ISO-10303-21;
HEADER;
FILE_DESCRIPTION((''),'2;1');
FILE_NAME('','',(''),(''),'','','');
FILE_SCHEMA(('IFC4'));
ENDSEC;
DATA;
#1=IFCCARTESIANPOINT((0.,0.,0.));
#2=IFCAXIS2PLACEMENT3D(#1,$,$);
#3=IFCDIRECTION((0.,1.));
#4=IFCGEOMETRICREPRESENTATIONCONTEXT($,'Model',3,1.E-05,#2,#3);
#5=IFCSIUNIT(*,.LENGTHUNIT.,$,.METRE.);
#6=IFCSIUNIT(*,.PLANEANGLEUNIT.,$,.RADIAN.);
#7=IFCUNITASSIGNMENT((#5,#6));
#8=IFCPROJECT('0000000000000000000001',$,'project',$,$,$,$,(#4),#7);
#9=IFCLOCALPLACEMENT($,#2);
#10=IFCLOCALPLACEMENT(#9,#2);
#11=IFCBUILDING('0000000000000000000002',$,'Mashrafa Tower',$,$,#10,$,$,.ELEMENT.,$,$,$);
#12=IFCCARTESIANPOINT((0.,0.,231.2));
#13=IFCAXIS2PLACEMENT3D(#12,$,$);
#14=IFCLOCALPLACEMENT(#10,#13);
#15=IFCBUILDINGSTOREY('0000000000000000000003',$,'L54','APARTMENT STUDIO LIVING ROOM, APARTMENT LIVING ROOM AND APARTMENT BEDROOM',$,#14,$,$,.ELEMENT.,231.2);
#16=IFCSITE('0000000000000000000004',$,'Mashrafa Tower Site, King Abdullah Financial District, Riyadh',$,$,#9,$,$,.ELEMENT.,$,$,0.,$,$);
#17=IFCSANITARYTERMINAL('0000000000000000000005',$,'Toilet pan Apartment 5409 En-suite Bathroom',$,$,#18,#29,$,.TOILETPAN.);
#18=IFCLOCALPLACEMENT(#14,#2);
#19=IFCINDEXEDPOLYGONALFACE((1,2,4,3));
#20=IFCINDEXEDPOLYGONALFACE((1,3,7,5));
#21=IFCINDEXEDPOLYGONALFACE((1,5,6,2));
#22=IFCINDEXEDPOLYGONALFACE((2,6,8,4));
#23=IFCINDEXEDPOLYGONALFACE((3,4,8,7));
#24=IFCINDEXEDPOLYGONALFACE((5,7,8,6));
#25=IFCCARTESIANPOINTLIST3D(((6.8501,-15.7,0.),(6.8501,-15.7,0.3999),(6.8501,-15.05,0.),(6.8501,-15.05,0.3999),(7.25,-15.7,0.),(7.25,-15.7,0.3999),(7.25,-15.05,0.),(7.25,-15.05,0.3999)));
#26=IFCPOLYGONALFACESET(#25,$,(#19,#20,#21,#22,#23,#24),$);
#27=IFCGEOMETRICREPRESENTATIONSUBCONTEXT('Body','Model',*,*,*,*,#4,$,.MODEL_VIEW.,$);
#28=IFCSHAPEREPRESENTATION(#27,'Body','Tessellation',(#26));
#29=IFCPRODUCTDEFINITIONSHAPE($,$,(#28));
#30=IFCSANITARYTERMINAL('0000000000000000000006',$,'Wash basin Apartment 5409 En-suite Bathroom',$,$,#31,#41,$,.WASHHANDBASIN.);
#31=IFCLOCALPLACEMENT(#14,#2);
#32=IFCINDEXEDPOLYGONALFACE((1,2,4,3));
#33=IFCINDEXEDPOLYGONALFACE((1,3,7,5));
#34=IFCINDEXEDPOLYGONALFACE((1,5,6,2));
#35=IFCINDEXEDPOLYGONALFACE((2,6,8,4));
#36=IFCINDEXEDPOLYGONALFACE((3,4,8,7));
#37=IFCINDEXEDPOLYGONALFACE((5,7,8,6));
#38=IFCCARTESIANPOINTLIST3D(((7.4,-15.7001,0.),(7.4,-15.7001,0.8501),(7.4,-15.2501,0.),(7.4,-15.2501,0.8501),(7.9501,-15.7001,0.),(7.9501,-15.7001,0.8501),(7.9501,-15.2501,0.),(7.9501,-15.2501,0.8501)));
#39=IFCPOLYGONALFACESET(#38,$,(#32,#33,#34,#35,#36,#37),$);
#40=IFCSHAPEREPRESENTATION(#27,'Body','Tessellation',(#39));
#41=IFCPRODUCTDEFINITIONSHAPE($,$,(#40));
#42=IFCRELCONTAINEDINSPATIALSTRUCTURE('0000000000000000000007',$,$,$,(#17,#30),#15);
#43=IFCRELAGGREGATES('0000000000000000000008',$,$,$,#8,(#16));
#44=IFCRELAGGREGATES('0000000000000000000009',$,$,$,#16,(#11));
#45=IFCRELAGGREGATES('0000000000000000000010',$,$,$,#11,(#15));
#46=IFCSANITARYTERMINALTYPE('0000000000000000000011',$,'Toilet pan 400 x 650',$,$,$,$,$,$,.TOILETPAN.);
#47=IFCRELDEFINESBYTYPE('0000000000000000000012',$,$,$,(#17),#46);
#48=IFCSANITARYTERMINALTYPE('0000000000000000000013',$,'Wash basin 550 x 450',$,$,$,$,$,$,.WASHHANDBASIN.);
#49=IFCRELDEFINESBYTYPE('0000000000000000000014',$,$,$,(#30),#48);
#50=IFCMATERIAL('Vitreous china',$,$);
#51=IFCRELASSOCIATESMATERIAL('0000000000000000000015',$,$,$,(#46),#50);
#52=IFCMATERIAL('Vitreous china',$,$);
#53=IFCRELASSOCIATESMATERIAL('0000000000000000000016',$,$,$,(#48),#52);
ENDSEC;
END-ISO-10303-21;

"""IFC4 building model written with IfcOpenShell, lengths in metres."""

from ifc_helpers import new_model, si_unit, direction, frame, origin, origin_2d, place, context, subcontext, project, spatial, rectangle, extrude, material, type_object, element, save


model = new_model("IFC4")

# Units and contexts
model_context = context("Model", 3, precision=1e-05, world=origin(), true_north=direction((0.0, 1.0)))
body_context = subcontext(model_context, "Body", "Model", "MODEL_VIEW")
ifc_project = project(units=[si_unit("LENGTHUNIT", "METRE"), si_unit("PLANEANGLEUNIT", "RADIAN")], contexts=[model_context])

# Site, building, storey
site_placement = place(None, origin())
site = spatial("IfcSite", under=ifc_project, at=site_placement, Name="Mashrafa Tower Site, King Abdullah Financial District, Riyadh", CompositionType="ELEMENT", RefElevation=0.0)
building_placement = place(site_placement, origin())
building = spatial("IfcBuilding", under=site, at=building_placement, Name="Mashrafa Tower", CompositionType="ELEMENT")
storey_placement = place(building_placement, frame((0.0, 0.0, 231.2)))
storey = spatial("IfcBuildingStorey", under=building, at=storey_placement, Name="L54", Description="APARTMENT STUDIO LIVING ROOM, APARTMENT LIVING ROOM AND APARTMENT BEDROOM", CompositionType="ELEMENT", Elevation=231.2)

# Sanitary terminals
ifc_material_1 = material(Name="Vitreous china")
sanitary_terminal_type_1 = type_object("IfcSanitaryTerminalType", Name="Toilet pan 400 x 650", PredefinedType="TOILETPAN", material=ifc_material_1)
sanitary_terminal_1_placement = place(storey_placement, frame((7.05, -15.375, 0.0), z_axis=(0.0, 0.0, 1.0), x_axis=(1.0, 0.0, 0.0)))
element("IfcSanitaryTerminal", 1, at=sanitary_terminal_1_placement, inside=storey, type_object=sanitary_terminal_type_1, Name="Toilet pan Apartment 5409 En-suite Bathroom", PredefinedType="TOILETPAN", context=body_context, shape_type="SweptSolid", body=[
    extrude(rectangle(XDim=0.3999, YDim=0.6499, at=origin_2d()), origin(), (0.0, 0.0, 1.0), 0.3999),
])
ifc_material_2 = material(Name="Vitreous china")
sanitary_terminal_type_2 = type_object("IfcSanitaryTerminalType", Name="Wash basin 550 x 450", PredefinedType="WASHHANDBASIN", material=ifc_material_2)
sanitary_terminal_2_placement = place(storey_placement, frame((7.675, -15.4751, 0.0), z_axis=(0.0, 0.0, 1.0), x_axis=(1.0, 0.0, 0.0)))
element("IfcSanitaryTerminal", 2, at=sanitary_terminal_2_placement, inside=storey, type_object=sanitary_terminal_type_2, Name="Wash basin Apartment 5409 En-suite Bathroom", PredefinedType="WASHHANDBASIN", context=body_context, shape_type="SweptSolid", body=[
    extrude(rectangle(XDim=0.55, YDim=0.45, at=origin_2d()), origin(), (0.0, 0.0, 1.0), 0.8501),
])

save(model, "model.ifc")
